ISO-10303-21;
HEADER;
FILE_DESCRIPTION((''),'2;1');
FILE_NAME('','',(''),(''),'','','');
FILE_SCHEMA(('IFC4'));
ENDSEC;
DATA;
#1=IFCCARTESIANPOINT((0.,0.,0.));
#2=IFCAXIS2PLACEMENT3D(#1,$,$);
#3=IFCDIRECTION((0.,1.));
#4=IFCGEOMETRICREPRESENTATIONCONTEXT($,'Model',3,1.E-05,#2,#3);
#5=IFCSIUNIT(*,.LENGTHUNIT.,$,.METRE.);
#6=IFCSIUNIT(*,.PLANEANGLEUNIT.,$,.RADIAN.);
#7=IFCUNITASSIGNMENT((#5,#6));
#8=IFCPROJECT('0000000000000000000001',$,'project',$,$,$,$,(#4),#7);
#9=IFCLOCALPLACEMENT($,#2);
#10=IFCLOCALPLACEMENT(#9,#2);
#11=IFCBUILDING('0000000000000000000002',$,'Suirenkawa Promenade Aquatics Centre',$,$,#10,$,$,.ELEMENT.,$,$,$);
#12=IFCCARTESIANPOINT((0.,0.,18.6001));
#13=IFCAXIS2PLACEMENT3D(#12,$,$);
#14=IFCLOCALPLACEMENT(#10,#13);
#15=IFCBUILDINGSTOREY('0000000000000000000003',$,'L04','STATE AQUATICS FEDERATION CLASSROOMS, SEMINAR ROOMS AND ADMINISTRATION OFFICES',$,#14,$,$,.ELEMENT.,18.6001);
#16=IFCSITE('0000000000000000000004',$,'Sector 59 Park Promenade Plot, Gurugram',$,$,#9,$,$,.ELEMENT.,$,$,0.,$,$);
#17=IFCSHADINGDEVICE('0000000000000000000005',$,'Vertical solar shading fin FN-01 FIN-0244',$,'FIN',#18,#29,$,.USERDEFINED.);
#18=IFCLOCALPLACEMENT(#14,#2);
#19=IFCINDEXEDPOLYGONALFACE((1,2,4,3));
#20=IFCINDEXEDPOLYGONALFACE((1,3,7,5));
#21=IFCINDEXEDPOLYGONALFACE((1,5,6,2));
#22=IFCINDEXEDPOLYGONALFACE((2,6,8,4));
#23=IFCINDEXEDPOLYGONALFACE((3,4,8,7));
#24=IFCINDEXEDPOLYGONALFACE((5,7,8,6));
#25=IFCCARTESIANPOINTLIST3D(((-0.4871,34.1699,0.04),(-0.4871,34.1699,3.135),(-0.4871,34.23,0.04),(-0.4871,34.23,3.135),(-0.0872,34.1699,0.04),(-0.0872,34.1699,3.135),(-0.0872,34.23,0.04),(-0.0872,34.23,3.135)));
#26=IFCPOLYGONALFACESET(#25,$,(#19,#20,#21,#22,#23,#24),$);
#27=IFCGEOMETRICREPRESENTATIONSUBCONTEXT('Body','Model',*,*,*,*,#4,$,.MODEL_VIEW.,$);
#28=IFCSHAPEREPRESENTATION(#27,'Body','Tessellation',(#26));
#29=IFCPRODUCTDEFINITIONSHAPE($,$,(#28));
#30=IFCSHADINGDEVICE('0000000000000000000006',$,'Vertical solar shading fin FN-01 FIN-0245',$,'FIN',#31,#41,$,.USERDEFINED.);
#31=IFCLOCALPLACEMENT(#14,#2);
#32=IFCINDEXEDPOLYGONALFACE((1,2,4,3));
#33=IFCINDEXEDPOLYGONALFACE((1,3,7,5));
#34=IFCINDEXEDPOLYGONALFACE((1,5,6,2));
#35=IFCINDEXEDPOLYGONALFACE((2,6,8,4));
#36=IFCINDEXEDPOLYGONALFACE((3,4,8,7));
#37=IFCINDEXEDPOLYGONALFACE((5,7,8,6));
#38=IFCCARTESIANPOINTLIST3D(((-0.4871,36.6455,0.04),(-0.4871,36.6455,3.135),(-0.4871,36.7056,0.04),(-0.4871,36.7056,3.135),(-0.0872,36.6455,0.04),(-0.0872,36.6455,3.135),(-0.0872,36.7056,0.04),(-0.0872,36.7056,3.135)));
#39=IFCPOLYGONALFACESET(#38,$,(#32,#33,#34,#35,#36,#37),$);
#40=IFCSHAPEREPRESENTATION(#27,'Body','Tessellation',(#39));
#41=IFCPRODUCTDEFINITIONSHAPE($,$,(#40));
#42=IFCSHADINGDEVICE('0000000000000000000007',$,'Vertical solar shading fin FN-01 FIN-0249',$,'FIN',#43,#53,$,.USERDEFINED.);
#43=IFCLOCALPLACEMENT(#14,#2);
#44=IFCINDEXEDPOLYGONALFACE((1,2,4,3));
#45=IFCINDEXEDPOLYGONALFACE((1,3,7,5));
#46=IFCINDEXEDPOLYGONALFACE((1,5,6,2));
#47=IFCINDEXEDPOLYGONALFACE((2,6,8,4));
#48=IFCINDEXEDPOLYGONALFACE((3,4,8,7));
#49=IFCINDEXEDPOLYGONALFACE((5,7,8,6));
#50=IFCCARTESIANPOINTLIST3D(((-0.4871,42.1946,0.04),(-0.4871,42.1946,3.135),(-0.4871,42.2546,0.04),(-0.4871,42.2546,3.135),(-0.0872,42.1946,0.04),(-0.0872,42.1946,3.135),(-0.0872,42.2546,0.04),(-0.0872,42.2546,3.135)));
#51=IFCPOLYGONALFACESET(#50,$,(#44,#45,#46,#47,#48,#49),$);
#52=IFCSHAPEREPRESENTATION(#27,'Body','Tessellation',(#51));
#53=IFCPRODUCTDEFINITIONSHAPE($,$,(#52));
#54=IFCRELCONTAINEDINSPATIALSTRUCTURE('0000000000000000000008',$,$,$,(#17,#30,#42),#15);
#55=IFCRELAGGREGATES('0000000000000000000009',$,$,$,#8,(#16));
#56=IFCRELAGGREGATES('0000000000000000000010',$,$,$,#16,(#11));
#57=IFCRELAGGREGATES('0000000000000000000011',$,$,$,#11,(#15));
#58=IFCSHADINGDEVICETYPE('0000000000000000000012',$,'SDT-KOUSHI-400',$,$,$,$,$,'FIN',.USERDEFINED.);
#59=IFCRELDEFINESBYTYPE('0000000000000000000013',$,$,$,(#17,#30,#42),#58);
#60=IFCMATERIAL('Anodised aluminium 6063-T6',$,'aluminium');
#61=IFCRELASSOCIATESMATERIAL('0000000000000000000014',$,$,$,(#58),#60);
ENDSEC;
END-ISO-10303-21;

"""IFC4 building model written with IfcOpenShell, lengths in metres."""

from ifc_helpers import new_model, si_unit, direction, frame, origin, origin_2d, place, context, subcontext, project, spatial, rectangle, extrude, material, type_object, element, save


model = new_model("IFC4")

# Units and contexts
model_context = context("Model", 3, precision=1e-05, world=origin(), true_north=direction((0.0, 1.0)))
body_context = subcontext(model_context, "Body", "Model", "MODEL_VIEW")
ifc_project = project(units=[si_unit("LENGTHUNIT", "METRE"), si_unit("PLANEANGLEUNIT", "RADIAN")], contexts=[model_context])

# Site, building, storey
site_placement = place(None, origin())
site = spatial("IfcSite", under=ifc_project, at=site_placement, Name="Sector 59 Park Promenade Plot, Gurugram", CompositionType="ELEMENT", RefElevation=0.0)
building_placement = place(site_placement, origin())
building = spatial("IfcBuilding", under=site, at=building_placement, Name="Suirenkawa Promenade Aquatics Centre", CompositionType="ELEMENT")
storey_placement = place(building_placement, frame((0.0, 0.0, 18.6001)))
storey = spatial("IfcBuildingStorey", under=building, at=storey_placement, Name="L04", Description="STATE AQUATICS FEDERATION CLASSROOMS, SEMINAR ROOMS AND ADMINISTRATION OFFICES", CompositionType="ELEMENT", Elevation=18.6001)

# Shared definitions
ifc_material_1 = material(Name="Anodised aluminium 6063-T6", Category="aluminium")

# Shading devices
shading_device_type = type_object("IfcShadingDeviceType", Name="SDT-KOUSHI-400", ElementType="FIN", PredefinedType="USERDEFINED", material=ifc_material_1)
for number, where, z_axis, x_axis, name in (
    (1, (-0.2871, 34.2, 0.04), (0.0, 0.0, 1.0), (-1.0, 0.0, 0.0), "Vertical solar shading fin FN-01 FIN-0244"),
    (2, (-0.2871, 36.6755, 0.04), (0.0, 0.0, 1.0), (-1.0, 0.0, 0.0), "Vertical solar shading fin FN-01 FIN-0245"),
    (3, (-0.2871, 42.2246, 0.04), (0.0, 0.0, 1.0), (-1.0, 0.0, 0.0), "Vertical solar shading fin FN-01 FIN-0249"),
):
    element("IfcShadingDevice", number, at=place(storey_placement, frame(where, z_axis=z_axis, x_axis=x_axis)), inside=storey, type_object=shading_device_type, Name=name, ObjectType="FIN", PredefinedType="USERDEFINED", context=body_context, shape_type="SweptSolid", body=[
        extrude(rectangle(XDim=0.3999, YDim=0.0601, at=origin_2d()), origin(), (0.0, 0.0, 1.0), 3.095),
    ])

save(model, "model.ifc")
